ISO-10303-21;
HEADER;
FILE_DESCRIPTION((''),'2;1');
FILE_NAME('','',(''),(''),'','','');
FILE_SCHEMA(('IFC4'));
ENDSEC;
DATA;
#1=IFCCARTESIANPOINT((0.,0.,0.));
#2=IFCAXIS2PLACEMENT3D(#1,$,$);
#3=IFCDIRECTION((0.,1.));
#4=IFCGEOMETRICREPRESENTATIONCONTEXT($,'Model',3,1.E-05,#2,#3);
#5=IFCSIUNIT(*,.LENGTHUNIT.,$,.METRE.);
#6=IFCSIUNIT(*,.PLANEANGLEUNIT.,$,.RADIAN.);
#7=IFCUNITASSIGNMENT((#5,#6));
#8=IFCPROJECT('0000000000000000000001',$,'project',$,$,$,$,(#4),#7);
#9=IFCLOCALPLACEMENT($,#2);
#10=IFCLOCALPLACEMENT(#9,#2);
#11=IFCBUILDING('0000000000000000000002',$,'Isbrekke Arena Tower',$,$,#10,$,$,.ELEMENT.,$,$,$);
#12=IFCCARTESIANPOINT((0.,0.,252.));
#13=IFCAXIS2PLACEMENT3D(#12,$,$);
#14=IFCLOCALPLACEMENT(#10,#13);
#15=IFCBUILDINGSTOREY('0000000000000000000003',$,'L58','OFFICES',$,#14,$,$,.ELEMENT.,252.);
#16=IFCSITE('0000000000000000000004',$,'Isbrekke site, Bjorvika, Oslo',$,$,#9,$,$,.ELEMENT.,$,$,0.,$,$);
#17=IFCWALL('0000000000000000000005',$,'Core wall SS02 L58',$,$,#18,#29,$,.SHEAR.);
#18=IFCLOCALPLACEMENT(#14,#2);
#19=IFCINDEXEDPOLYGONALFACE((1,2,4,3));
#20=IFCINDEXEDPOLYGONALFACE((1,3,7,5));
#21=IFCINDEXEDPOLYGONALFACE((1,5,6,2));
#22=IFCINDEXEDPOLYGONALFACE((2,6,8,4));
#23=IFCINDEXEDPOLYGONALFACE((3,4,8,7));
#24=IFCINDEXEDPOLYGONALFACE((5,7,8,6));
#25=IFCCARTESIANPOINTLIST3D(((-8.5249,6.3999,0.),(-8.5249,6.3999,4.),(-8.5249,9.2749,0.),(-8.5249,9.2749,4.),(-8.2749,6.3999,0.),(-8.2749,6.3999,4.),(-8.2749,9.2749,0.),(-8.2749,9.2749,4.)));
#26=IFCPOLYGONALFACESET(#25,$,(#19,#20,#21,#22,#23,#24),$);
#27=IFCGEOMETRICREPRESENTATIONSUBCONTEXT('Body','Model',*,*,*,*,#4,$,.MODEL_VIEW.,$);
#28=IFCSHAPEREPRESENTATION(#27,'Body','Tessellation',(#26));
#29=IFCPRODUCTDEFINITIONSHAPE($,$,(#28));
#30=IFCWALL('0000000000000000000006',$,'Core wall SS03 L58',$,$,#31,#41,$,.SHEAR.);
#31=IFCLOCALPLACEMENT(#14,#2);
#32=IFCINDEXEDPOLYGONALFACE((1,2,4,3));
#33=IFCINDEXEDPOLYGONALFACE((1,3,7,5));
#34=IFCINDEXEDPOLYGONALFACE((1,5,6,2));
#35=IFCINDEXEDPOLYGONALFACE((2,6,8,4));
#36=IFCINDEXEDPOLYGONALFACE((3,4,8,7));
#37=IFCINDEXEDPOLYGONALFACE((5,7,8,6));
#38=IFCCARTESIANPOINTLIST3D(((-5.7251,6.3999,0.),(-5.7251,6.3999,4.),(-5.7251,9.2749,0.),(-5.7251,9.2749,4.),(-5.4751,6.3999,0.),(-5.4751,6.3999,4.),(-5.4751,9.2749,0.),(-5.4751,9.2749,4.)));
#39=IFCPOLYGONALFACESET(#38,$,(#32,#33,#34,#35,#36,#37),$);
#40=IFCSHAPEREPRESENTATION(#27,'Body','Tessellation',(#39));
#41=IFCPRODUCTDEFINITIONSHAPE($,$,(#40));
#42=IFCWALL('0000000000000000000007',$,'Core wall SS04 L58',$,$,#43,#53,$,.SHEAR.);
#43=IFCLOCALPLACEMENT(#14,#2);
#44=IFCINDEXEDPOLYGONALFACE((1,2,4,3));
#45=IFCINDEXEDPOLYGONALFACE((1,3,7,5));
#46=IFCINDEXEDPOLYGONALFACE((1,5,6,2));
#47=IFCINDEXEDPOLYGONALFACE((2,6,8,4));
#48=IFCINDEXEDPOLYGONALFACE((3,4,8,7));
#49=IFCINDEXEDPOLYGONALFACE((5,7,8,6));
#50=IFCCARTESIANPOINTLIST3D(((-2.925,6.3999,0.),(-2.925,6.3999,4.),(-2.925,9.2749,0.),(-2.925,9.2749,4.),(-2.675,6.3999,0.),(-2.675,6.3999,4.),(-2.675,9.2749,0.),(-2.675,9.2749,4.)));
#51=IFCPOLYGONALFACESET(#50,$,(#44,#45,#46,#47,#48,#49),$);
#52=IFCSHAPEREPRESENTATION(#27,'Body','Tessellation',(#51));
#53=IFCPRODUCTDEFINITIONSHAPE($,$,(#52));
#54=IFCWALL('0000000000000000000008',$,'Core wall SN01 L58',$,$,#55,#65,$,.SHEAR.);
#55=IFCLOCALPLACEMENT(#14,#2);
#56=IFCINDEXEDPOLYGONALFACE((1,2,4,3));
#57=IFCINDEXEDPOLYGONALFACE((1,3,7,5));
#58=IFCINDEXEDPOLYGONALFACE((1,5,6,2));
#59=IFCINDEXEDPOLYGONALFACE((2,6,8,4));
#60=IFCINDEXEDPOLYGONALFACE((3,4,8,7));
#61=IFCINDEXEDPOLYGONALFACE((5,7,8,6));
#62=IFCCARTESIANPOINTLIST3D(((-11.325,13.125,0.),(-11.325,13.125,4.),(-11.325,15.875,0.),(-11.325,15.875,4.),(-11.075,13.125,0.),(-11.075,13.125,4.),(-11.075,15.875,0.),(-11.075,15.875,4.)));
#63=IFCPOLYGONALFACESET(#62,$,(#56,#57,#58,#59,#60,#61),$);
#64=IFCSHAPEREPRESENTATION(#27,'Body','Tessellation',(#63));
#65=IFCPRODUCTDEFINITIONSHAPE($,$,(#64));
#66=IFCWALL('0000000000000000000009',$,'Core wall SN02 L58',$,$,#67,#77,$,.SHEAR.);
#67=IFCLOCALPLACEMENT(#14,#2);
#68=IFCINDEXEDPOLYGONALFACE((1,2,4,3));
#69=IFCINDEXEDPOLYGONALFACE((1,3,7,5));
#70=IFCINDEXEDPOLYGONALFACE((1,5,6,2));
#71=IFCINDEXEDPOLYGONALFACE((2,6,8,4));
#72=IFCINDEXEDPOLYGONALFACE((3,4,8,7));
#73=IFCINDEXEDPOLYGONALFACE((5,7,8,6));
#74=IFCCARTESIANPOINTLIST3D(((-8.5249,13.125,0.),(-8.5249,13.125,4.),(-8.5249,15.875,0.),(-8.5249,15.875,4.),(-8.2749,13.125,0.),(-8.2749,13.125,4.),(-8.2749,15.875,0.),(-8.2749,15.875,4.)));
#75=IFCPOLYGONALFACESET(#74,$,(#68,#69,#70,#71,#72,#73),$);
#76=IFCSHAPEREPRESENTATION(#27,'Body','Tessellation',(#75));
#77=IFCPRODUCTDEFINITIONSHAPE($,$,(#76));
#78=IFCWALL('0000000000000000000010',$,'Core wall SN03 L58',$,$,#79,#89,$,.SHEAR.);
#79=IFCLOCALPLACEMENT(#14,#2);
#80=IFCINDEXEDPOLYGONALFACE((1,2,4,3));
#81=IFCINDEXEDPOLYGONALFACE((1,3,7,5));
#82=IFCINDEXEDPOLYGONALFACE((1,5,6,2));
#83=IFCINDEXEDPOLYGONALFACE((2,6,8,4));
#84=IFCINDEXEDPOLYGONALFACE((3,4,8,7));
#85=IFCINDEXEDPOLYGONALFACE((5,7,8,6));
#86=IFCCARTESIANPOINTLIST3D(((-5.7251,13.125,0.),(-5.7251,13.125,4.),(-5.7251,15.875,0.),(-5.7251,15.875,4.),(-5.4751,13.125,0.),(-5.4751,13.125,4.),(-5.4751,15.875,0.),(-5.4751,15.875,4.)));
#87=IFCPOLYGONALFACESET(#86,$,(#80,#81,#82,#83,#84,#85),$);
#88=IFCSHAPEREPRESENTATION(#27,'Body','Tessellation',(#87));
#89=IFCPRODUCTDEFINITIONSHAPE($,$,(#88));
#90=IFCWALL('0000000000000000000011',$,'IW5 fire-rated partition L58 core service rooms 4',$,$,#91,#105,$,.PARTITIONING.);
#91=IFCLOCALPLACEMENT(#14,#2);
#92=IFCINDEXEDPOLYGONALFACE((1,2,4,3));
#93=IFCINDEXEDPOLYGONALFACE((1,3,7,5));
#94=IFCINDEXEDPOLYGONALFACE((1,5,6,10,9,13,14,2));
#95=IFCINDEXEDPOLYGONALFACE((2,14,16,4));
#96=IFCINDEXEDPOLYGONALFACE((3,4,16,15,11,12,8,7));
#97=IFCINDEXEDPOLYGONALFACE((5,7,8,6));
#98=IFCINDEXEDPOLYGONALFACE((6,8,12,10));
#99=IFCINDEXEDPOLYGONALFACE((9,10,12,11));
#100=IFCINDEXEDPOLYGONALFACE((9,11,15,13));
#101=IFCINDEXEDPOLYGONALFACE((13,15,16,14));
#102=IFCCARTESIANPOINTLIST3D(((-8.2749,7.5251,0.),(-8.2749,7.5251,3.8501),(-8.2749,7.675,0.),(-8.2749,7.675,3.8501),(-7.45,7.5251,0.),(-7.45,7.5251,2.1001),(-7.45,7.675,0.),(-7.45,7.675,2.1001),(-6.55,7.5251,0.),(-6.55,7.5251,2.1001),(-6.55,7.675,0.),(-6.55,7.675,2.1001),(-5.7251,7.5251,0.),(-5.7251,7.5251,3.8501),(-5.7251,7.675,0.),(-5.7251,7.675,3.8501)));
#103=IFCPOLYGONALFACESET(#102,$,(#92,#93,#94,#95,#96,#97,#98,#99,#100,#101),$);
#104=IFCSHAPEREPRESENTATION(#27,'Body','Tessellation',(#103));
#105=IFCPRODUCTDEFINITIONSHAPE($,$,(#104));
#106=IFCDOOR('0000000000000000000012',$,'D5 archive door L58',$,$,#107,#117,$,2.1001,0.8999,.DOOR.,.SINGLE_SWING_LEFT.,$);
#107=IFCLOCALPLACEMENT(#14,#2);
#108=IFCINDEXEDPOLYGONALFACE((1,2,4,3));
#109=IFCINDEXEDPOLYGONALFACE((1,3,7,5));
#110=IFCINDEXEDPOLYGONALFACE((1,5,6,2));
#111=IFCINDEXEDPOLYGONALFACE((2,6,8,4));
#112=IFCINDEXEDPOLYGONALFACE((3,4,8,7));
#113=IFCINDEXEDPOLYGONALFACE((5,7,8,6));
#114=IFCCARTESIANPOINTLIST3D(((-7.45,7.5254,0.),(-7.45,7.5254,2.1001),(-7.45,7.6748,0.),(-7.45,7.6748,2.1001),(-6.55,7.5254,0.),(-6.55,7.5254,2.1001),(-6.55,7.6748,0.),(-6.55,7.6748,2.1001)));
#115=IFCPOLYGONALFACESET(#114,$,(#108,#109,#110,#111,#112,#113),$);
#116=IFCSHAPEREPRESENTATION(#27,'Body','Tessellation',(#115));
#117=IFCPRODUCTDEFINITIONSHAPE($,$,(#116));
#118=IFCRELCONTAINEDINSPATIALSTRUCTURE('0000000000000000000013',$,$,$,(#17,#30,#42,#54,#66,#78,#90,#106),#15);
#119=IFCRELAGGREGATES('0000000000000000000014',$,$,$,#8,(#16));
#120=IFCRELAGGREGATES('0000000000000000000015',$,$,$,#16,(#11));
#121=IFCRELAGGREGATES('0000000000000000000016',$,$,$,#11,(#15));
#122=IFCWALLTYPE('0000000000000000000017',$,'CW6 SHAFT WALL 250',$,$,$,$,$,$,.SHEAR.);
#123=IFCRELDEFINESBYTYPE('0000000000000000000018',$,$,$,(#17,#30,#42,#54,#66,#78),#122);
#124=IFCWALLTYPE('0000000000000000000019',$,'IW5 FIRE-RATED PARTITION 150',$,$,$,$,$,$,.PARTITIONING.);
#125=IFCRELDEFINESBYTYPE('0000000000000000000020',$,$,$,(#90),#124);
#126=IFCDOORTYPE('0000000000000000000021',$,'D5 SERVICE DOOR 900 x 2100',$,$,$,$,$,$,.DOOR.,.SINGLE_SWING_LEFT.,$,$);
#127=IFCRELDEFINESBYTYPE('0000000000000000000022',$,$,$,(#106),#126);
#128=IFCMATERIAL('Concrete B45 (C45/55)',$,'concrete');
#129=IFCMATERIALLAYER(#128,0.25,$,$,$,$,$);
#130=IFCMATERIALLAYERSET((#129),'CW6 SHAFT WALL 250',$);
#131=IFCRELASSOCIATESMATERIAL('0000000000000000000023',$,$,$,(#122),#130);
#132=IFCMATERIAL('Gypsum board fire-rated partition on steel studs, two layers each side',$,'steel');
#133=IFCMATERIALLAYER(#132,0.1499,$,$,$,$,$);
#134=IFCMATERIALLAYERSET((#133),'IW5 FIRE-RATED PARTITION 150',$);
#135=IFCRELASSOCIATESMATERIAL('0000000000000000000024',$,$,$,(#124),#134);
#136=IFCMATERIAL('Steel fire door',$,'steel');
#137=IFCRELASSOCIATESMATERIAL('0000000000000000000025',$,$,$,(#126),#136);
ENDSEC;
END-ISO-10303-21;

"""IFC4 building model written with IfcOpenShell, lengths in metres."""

from ifc_helpers import new_model, si_unit, direction, frame, frame_2d, origin, place, context, subcontext, project, spatial, rectangle, extrude, material, layer, layer_set, type_object, element, fill, save


model = new_model("IFC4")

# Units and contexts
model_context = context("Model", 3, precision=1e-05, world=origin(), true_north=direction((0.0, 1.0)))
body_context = subcontext(model_context, "Body", "Model", "MODEL_VIEW")
ifc_project = project(units=[si_unit("LENGTHUNIT", "METRE"), si_unit("PLANEANGLEUNIT", "RADIAN")], contexts=[model_context])

# Site, building, storey
site_placement = place(None, origin())
site = spatial("IfcSite", under=ifc_project, at=site_placement, Name="Isbrekke site, Bjorvika, Oslo", CompositionType="ELEMENT", RefElevation=0.0)
building_placement = place(site_placement, origin())
building = spatial("IfcBuilding", under=site, at=building_placement, Name="Isbrekke Arena Tower", CompositionType="ELEMENT")
storey_placement = place(building_placement, frame((0.0, 0.0, 252.0)))
storey = spatial("IfcBuildingStorey", under=building, at=storey_placement, Name="L58", Description="OFFICES", CompositionType="ELEMENT", Elevation=252.0)

# Walls
ifc_material_1 = material(Name="Concrete B45 (C45/55)", Category="concrete")
ifc_layer_1 = layer(ifc_material_1, 0.25)
ifc_layer_set_1 = layer_set([ifc_layer_1], Name="CW6 SHAFT WALL 250")
wall_type_1 = type_object("IfcWallType", Name="CW6 SHAFT WALL 250", PredefinedType="SHEAR", material=ifc_layer_set_1)
for number, where, z_axis, x_axis, name in (
    (1, (-8.3999, 6.3999, 0.0), (0.0, 0.0, 1.0), (0.0, 1.0, 0.0), "Core wall SS02 L58"),
    (2, (-5.6001, 6.3999, 0.0), (0.0, 0.0, 1.0), (0.0, 1.0, 0.0), "Core wall SS03 L58"),
    (3, (-2.8, 6.3999, 0.0), (0.0, 0.0, 1.0), (0.0, 1.0, 0.0), "Core wall SS04 L58"),
):
    element("IfcWall", number, at=place(storey_placement, frame(where, z_axis=z_axis, x_axis=x_axis)), inside=storey, type_object=wall_type_1, Name=name, PredefinedType="SHEAR", context=body_context, shape_type="SweptSolid", body=[
        extrude(rectangle(XDim=2.875, YDim=0.25, at=frame_2d((1.4375, 0.0))), origin(), (0.0, 0.0, 1.0), 4.0),
    ])
for number, where, z_axis, x_axis, name in (
    (4, (-11.2, 13.125, 0.0), (0.0, 0.0, 1.0), (0.0, 1.0, 0.0), "Core wall SN01 L58"),
    (5, (-8.3999, 13.125, 0.0), (0.0, 0.0, 1.0), (0.0, 1.0, 0.0), "Core wall SN02 L58"),
    (6, (-5.6001, 13.125, 0.0), (0.0, 0.0, 1.0), (0.0, 1.0, 0.0), "Core wall SN03 L58"),
):
    element("IfcWall", number, at=place(storey_placement, frame(where, z_axis=z_axis, x_axis=x_axis)), inside=storey, type_object=wall_type_1, Name=name, PredefinedType="SHEAR", context=body_context, shape_type="SweptSolid", body=[
        extrude(rectangle(XDim=2.75, YDim=0.25, at=frame_2d((1.375, 0.0))), origin(), (0.0, 0.0, 1.0), 4.0),
    ])

# Wall, opening, door
ifc_material_2 = material(Name="Gypsum board fire-rated partition on steel studs, two layers each side", Category="steel")
ifc_layer_2 = layer(ifc_material_2, 0.1499)
ifc_layer_set_2 = layer_set([ifc_layer_2], Name="IW5 FIRE-RATED PARTITION 150")
wall_type_2 = type_object("IfcWallType", Name="IW5 FIRE-RATED PARTITION 150", PredefinedType="PARTITIONING", material=ifc_layer_set_2)
wall_placement = place(storey_placement, frame((-8.2749, 7.6001, 0.0), z_axis=(0.0, 0.0, 1.0), x_axis=(1.0, 0.0, 0.0)))
wall = element("IfcWall", 7, at=wall_placement, inside=storey, type_object=wall_type_2, Name="IW5 fire-rated partition L58 core service rooms 4", PredefinedType="PARTITIONING", context=body_context, shape_type="SweptSolid", body=[
    extrude(rectangle(XDim=2.5498, YDim=0.1499, at=frame_2d((1.2749, 0.0))), origin(), (0.0, 0.0, 1.0), 3.8501),
])
opening_placement = place(wall_placement, frame((0.825, 0.0, 0.0)))
opening = element("IfcOpeningElement", 8, at=opening_placement, cuts=wall, PredefinedType="OPENING", context=body_context, shape_type="SweptSolid", body=[
    extrude(rectangle(XDim=0.8999, YDim=2.1001, at=frame_2d((0.45, 1.05))), frame((0.0, 0.0898, 0.0), z_axis=(0.0, -1.0, 0.0), x_axis=(1.0, 0.0, 0.0)), (0.0, 0.0, 1.0), 0.1797),
])
ifc_material_3 = material(Name="Steel fire door", Category="steel")
door_type = type_object("IfcDoorType", Name="D5 SERVICE DOOR 900 x 2100", OperationType="SINGLE_SWING_LEFT", PredefinedType="DOOR", material=ifc_material_3)
door_placement = place(opening_placement, origin())
door = element("IfcDoor", 9, at=door_placement, inside=storey, type_object=door_type, Name="D5 archive door L58", OperationType="SINGLE_SWING_LEFT", OverallHeight=2.1001, OverallWidth=0.8999, PredefinedType="DOOR", context=body_context, shape_type="SweptSolid", body=[
    extrude(rectangle(XDim=0.8999, YDim=2.1001, at=frame_2d((0.45, 1.05))), frame((0.0, 0.0747, 0.0), z_axis=(0.0, -1.0, 0.0), x_axis=(1.0, 0.0, 0.0)), (0.0, 0.0, 1.0), 0.1494),
])
fill(opening, door)

save(model, "model.ifc")
